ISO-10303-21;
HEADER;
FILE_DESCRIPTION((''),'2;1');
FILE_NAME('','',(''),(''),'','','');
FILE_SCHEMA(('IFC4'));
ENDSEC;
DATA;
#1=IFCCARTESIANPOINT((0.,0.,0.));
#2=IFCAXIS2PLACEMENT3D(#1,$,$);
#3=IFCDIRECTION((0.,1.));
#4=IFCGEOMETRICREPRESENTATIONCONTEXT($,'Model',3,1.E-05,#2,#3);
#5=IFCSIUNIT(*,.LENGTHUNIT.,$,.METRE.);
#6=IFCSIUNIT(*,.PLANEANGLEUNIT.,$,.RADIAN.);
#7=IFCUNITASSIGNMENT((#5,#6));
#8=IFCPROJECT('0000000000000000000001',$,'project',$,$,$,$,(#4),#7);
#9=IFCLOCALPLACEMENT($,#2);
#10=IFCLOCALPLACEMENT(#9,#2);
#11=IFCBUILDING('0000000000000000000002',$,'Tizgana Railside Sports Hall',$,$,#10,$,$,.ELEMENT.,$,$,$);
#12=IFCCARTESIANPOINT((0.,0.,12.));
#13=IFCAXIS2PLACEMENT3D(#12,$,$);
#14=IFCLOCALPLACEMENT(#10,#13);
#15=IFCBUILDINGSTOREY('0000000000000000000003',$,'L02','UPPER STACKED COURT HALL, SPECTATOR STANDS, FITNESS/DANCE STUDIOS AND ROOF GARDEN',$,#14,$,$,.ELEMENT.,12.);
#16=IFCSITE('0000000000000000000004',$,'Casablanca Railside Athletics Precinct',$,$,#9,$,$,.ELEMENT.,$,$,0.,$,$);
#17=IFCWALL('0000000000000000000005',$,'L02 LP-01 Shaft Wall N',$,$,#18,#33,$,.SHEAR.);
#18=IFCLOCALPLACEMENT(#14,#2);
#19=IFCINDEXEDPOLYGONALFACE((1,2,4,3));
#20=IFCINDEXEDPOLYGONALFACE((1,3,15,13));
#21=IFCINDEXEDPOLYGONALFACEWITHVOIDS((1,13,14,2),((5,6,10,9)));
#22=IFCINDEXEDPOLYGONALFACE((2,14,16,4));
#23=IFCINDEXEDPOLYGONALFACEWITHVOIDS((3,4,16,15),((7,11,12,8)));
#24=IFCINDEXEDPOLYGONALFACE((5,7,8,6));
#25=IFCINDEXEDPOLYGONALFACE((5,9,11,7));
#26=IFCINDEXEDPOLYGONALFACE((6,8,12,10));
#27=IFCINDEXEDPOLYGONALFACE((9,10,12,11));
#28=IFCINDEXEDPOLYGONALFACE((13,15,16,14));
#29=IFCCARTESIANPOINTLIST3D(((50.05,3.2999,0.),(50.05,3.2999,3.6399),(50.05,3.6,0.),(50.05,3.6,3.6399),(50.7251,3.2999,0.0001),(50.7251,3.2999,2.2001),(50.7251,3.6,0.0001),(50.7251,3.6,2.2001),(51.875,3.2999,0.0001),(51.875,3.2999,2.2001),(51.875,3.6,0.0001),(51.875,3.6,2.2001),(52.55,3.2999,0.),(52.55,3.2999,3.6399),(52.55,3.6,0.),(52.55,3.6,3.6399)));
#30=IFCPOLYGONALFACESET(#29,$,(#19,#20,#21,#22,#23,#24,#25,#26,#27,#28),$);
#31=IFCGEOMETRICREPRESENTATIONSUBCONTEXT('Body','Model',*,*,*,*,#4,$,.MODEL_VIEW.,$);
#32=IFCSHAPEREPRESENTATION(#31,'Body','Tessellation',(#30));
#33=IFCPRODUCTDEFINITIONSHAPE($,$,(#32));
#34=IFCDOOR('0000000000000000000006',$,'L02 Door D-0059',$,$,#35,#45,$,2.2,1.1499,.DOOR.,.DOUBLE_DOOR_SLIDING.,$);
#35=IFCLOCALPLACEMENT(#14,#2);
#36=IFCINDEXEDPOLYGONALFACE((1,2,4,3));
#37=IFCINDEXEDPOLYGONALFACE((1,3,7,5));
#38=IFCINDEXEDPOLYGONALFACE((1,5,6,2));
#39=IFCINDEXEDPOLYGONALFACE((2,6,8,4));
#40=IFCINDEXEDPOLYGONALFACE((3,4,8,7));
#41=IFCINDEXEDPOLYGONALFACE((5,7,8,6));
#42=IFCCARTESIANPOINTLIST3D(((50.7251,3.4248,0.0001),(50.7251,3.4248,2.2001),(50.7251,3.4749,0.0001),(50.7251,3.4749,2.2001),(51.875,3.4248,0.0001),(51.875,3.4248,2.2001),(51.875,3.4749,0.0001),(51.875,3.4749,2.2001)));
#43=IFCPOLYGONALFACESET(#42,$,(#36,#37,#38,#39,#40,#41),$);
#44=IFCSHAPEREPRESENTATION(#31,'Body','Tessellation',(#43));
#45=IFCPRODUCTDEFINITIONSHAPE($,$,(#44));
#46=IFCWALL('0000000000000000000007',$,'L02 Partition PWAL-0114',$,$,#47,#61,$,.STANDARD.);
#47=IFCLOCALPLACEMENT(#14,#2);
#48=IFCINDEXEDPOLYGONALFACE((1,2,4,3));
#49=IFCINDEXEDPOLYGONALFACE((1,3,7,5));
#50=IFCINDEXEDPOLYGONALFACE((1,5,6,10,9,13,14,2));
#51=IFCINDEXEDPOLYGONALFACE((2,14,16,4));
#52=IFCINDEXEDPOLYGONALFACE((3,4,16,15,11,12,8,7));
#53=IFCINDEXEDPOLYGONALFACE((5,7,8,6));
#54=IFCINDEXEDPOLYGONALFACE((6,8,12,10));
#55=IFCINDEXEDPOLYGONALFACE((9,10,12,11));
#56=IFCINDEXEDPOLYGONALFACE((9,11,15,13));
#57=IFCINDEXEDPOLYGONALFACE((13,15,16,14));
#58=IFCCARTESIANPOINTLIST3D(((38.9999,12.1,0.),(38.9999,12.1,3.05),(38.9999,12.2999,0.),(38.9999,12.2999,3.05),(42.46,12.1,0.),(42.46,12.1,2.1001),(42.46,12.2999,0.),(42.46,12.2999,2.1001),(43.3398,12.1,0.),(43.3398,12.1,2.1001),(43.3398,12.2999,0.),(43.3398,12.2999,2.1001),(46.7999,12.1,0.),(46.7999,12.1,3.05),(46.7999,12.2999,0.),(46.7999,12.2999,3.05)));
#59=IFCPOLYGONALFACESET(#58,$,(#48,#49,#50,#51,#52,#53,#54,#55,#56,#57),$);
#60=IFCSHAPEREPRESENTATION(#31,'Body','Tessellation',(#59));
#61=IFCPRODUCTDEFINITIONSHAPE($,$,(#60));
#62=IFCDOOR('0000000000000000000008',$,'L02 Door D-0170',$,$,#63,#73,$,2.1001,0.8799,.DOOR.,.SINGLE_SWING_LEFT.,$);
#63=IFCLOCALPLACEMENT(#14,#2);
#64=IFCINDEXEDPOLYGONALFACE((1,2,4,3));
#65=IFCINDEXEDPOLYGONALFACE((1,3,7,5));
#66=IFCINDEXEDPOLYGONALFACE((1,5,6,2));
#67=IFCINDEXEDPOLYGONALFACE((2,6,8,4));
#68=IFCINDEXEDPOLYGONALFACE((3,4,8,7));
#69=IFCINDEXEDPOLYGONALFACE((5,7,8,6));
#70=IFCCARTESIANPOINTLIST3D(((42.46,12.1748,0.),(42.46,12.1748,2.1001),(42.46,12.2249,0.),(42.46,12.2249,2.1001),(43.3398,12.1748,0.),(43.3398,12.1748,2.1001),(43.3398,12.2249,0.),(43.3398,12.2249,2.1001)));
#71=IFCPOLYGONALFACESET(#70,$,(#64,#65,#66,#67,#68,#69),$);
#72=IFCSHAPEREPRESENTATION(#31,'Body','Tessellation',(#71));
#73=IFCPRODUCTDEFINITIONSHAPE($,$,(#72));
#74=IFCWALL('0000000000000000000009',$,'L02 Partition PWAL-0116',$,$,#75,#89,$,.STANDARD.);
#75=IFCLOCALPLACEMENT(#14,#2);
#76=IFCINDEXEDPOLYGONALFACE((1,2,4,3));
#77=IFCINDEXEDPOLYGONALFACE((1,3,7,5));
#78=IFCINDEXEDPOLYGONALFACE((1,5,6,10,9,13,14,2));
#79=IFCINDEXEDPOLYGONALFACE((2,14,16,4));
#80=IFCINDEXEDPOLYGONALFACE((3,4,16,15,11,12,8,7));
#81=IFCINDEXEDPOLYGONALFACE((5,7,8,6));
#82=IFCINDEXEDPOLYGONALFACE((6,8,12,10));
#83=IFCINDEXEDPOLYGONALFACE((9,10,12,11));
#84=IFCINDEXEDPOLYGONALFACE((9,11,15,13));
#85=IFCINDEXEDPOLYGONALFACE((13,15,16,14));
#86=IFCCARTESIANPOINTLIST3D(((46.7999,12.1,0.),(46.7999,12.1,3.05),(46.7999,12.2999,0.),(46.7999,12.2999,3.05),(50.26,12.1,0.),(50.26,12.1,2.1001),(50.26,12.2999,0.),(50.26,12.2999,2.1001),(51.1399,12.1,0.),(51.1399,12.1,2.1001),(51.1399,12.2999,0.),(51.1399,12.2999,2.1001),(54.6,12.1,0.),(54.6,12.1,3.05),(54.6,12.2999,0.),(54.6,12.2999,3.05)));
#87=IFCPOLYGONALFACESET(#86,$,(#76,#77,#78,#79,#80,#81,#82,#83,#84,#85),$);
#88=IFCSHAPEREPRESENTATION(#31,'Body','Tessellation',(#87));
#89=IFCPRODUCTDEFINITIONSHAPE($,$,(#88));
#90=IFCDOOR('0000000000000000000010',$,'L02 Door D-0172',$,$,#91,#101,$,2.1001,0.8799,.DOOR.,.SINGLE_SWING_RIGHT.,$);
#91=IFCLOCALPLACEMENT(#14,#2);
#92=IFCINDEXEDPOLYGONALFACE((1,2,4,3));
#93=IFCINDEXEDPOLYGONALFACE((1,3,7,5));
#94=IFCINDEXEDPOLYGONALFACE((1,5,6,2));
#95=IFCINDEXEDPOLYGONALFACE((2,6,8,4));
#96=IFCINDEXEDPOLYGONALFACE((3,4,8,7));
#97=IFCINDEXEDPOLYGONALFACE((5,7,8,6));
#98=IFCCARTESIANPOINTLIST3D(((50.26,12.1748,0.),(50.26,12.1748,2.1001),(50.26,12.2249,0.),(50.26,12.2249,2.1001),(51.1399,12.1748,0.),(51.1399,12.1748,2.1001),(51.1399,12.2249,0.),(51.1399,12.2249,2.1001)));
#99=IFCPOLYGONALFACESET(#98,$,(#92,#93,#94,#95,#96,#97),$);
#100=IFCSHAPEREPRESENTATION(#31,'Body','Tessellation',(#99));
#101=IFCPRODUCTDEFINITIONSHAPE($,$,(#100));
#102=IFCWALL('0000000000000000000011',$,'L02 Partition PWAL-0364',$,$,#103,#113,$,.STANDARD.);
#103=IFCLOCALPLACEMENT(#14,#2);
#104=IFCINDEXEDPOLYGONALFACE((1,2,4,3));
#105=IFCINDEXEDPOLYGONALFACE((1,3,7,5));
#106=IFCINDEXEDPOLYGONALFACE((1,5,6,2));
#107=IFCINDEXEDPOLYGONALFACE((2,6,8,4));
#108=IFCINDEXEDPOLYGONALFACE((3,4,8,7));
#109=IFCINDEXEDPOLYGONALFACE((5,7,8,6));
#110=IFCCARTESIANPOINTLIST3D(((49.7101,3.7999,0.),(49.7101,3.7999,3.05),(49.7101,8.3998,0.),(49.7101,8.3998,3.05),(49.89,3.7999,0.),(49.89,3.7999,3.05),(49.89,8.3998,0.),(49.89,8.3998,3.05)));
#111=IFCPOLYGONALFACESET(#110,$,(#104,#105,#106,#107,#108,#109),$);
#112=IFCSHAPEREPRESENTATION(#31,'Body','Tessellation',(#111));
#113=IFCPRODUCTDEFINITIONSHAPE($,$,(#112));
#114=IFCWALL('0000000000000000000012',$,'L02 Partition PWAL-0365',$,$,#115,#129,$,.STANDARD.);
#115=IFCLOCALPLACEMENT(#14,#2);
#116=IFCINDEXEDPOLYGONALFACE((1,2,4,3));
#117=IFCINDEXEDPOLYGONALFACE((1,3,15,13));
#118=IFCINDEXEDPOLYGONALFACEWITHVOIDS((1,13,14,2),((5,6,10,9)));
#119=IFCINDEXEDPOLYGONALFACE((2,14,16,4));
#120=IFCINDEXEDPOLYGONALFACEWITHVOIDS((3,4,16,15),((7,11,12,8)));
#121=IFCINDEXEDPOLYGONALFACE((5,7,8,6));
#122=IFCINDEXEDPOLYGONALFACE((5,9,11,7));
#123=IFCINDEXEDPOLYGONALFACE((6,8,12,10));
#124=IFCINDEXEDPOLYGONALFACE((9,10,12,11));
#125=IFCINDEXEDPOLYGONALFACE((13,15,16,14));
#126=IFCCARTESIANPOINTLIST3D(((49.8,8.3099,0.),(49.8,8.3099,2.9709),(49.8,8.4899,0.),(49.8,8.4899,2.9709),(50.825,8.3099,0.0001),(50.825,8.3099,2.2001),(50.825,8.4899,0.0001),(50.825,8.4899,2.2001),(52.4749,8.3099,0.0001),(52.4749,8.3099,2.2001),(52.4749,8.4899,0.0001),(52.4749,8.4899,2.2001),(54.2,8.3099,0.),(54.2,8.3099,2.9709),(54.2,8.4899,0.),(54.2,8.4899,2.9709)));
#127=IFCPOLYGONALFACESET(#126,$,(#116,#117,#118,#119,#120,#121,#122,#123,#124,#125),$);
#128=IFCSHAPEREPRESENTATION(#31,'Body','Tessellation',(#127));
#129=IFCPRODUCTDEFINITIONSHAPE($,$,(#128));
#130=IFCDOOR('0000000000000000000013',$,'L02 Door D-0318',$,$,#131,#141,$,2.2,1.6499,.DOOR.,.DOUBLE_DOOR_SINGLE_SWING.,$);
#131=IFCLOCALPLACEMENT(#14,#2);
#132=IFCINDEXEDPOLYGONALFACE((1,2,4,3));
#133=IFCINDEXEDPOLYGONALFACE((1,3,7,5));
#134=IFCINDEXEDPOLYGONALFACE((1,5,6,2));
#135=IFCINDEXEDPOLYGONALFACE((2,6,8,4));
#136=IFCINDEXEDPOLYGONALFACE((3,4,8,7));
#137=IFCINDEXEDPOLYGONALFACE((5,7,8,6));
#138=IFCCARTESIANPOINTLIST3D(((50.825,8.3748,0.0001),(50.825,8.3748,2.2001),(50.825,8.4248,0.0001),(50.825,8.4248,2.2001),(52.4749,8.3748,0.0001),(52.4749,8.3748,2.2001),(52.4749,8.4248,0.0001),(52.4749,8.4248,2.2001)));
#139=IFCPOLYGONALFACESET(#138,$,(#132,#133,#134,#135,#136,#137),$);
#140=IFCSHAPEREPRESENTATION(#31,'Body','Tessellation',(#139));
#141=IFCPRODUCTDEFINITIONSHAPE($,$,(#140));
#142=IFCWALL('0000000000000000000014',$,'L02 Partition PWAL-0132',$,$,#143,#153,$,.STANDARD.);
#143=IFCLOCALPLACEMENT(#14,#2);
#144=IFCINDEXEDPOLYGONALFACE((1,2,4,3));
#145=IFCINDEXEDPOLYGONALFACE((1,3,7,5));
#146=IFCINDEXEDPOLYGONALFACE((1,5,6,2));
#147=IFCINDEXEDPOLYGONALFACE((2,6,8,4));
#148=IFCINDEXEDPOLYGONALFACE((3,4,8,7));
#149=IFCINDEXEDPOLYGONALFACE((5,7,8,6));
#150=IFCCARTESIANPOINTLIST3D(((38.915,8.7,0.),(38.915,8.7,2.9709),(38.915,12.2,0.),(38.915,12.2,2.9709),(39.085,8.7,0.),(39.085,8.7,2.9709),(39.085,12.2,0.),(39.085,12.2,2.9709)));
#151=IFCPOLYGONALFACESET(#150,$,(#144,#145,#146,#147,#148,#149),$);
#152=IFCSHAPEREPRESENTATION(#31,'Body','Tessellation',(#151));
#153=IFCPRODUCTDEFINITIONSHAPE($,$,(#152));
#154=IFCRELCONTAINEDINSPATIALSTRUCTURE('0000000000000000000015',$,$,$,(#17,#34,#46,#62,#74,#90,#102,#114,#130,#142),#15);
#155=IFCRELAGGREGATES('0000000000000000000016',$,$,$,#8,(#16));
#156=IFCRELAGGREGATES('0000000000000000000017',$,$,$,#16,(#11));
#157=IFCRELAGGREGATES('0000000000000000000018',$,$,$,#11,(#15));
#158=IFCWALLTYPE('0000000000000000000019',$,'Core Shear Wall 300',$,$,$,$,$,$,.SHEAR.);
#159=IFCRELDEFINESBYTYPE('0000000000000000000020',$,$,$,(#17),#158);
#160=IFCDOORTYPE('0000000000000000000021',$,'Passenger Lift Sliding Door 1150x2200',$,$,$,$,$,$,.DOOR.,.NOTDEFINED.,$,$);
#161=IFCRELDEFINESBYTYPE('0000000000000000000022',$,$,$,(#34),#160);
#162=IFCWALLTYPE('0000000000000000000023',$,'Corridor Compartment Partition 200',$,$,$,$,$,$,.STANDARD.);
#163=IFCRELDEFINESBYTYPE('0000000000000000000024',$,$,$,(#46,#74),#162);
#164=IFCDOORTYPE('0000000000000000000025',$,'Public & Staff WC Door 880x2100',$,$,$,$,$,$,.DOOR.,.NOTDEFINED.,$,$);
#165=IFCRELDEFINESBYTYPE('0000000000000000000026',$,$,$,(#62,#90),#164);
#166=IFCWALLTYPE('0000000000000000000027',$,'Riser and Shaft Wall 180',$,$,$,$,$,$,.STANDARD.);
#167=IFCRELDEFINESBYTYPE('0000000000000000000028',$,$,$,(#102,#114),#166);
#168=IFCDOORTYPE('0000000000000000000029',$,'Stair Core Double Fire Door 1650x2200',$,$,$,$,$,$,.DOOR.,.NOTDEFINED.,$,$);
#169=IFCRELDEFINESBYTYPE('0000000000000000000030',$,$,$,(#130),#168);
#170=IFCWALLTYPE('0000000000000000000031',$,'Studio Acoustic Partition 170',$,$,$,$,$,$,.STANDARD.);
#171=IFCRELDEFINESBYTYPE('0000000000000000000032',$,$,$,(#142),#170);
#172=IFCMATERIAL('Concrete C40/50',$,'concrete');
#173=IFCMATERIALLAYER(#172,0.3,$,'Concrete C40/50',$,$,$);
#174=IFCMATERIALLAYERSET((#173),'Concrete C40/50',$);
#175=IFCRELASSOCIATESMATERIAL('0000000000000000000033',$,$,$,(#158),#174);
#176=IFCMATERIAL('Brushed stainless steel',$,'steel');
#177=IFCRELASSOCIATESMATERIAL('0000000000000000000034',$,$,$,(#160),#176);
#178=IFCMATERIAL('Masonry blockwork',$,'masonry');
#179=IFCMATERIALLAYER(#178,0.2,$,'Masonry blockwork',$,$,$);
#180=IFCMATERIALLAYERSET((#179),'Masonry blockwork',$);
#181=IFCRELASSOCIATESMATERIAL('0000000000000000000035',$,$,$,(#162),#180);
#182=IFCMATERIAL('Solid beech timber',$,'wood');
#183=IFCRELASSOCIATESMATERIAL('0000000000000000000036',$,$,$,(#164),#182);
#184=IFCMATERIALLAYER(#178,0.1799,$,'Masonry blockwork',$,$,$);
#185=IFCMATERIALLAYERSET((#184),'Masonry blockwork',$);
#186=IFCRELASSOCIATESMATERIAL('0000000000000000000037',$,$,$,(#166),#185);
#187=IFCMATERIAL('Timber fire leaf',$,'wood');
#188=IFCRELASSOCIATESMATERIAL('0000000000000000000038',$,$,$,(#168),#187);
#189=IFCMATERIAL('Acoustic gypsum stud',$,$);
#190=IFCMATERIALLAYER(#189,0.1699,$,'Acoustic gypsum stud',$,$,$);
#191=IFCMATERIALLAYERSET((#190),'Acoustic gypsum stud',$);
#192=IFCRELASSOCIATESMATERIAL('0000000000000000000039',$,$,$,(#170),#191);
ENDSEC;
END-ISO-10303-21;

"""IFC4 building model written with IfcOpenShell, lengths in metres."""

from ifc_helpers import new_model, si_unit, direction, frame, frame_2d, origin, place, context, subcontext, project, spatial, rectangle, extrude, material, layer, layer_set, type_object, element, fill, save


model = new_model("IFC4")

# Units and contexts
model_context = context("Model", 3, precision=1e-05, world=origin(), true_north=direction((0.0, 1.0)))
body_context = subcontext(model_context, "Body", "Model", "MODEL_VIEW")
ifc_project = project(units=[si_unit("LENGTHUNIT", "METRE"), si_unit("PLANEANGLEUNIT", "RADIAN")], contexts=[model_context])

# Site, building, storey
site_placement = place(None, origin())
site = spatial("IfcSite", under=ifc_project, at=site_placement, Name="Casablanca Railside Athletics Precinct", CompositionType="ELEMENT", RefElevation=0.0)
building_placement = place(site_placement, origin())
building = spatial("IfcBuilding", under=site, at=building_placement, Name="Tizgana Railside Sports Hall", CompositionType="ELEMENT")
storey_placement = place(building_placement, frame((0.0, 0.0, 12.0)))
storey = spatial("IfcBuildingStorey", under=building, at=storey_placement, Name="L02", Description="UPPER STACKED COURT HALL, SPECTATOR STANDS, FITNESS/DANCE STUDIOS AND ROOF GARDEN", CompositionType="ELEMENT", Elevation=12.0)

# Shared definitions
ifc_material_1 = material(Name="Concrete C40/50", Category="concrete")

# Shared definitions
ifc_layer_1 = layer(ifc_material_1, 0.3, Name="Concrete C40/50")
ifc_layer_set_1 = layer_set([ifc_layer_1], Name="Concrete C40/50")
wall_type_1 = type_object("IfcWallType", Name="Core Shear Wall 300", PredefinedType="SHEAR", material=ifc_layer_set_1)

# Walls, openings, doors
wall_1_placement = place(storey_placement, frame((50.05, 3.45, 0.0), z_axis=(0.0, 0.0, 1.0), x_axis=(1.0, 0.0, 0.0)))
wall_1 = element("IfcWall", 1, at=wall_1_placement, inside=storey, type_object=wall_type_1, Name="L02 LP-01 Shaft Wall N", PredefinedType="SHEAR", context=body_context, shape_type="SweptSolid", body=[
    extrude(rectangle(XDim=2.5, YDim=0.3, at=frame_2d((1.25, 0.0))), origin(), (0.0, 0.0, 1.0), 3.6399),
])
opening_1_placement = place(wall_1_placement, frame((0.675, 0.0, 0.0)))
opening_1 = element("IfcOpeningElement", 2, at=opening_1_placement, cuts=wall_1, PredefinedType="OPENING", context=body_context, shape_type="SweptSolid", body=[
    extrude(rectangle(XDim=1.1499, YDim=2.2, at=frame_2d((0.575, 1.1001))), frame((0.0, 0.1599, 0.0), z_axis=(0.0, -1.0, 0.0), x_axis=(1.0, 0.0, 0.0)), (0.0, 0.0, 1.0), 0.3201),
])
ifc_material_2 = material(Name="Brushed stainless steel", Category="steel")
door_type_1 = type_object("IfcDoorType", Name="Passenger Lift Sliding Door 1150x2200", OperationType="NOTDEFINED", PredefinedType="DOOR", material=ifc_material_2)
door_1_placement = place(opening_1_placement, origin())
door_1 = element("IfcDoor", 3, at=door_1_placement, inside=storey, type_object=door_type_1, Name="L02 Door D-0059", OperationType="DOUBLE_DOOR_SLIDING", OverallHeight=2.2, OverallWidth=1.1499, PredefinedType="DOOR", context=body_context, shape_type="SweptSolid", body=[
    extrude(rectangle(XDim=1.1499, YDim=2.2, at=frame_2d((0.575, 1.1001))), frame((0.0, 0.0249, 0.0), z_axis=(0.0, -1.0, 0.0), x_axis=(1.0, 0.0, 0.0)), (0.0, 0.0, 1.0), 0.05),
])
fill(opening_1, door_1)
ifc_material_3 = material(Name="Masonry blockwork", Category="masonry")
ifc_layer_2 = layer(ifc_material_3, 0.2, Name="Masonry blockwork")
ifc_layer_set_2 = layer_set([ifc_layer_2], Name="Masonry blockwork")
wall_type_2 = type_object("IfcWallType", Name="Corridor Compartment Partition 200", PredefinedType="STANDARD", material=ifc_layer_set_2)
wall_2_placement = place(storey_placement, frame((39.0, 12.2, 0.0), z_axis=(0.0, 0.0, 1.0), x_axis=(1.0, 0.0, 0.0)))
wall_2 = element("IfcWall", 4, at=wall_2_placement, inside=storey, type_object=wall_type_2, Name="L02 Partition PWAL-0114", PredefinedType="STANDARD", context=body_context, shape_type="SweptSolid", body=[
    extrude(rectangle(XDim=7.8, YDim=0.2, at=frame_2d((3.8999, 0.0))), origin(), (0.0, 0.0, 1.0), 3.05),
])
opening_2_placement = place(wall_2_placement, frame((3.46, 0.0, 0.0)))
opening_2 = element("IfcOpeningElement", 5, at=opening_2_placement, cuts=wall_2, PredefinedType="OPENING", context=body_context, shape_type="SweptSolid", body=[
    extrude(rectangle(XDim=0.8799, YDim=2.1001, at=frame_2d((0.4399, 1.05))), frame((0.0, 0.1099, 0.0), z_axis=(0.0, -1.0, 0.0), x_axis=(1.0, 0.0, 0.0)), (0.0, 0.0, 1.0), 0.22),
])
ifc_material_4 = material(Name="Solid beech timber", Category="wood")
door_type_2 = type_object("IfcDoorType", Name="Public & Staff WC Door 880x2100", OperationType="NOTDEFINED", PredefinedType="DOOR", material=ifc_material_4)
door_2_placement = place(opening_2_placement, origin())
door_2 = element("IfcDoor", 6, at=door_2_placement, inside=storey, type_object=door_type_2, Name="L02 Door D-0170", OperationType="SINGLE_SWING_LEFT", OverallHeight=2.1001, OverallWidth=0.8799, PredefinedType="DOOR", context=body_context, shape_type="SweptSolid", body=[
    extrude(rectangle(XDim=0.8799, YDim=2.1001, at=frame_2d((0.4399, 1.05))), frame((0.0, 0.0249, 0.0), z_axis=(0.0, -1.0, 0.0), x_axis=(1.0, 0.0, 0.0)), (0.0, 0.0, 1.0), 0.05),
])
fill(opening_2, door_2)
wall_3_placement = place(storey_placement, frame((46.8, 12.2, 0.0), z_axis=(0.0, 0.0, 1.0), x_axis=(1.0, 0.0, 0.0)))
wall_3 = element("IfcWall", 7, at=wall_3_placement, inside=storey, type_object=wall_type_2, Name="L02 Partition PWAL-0116", PredefinedType="STANDARD", context=body_context, shape_type="SweptSolid", body=[
    extrude(rectangle(XDim=7.8, YDim=0.2, at=frame_2d((3.8999, 0.0))), origin(), (0.0, 0.0, 1.0), 3.05),
])
opening_3_placement = place(wall_3_placement, frame((3.46, 0.0, 0.0)))
opening_3 = element("IfcOpeningElement", 8, at=opening_3_placement, cuts=wall_3, PredefinedType="OPENING", context=body_context, shape_type="SweptSolid", body=[
    extrude(rectangle(XDim=0.8799, YDim=2.1001, at=frame_2d((0.4399, 1.05))), frame((0.0, 0.1099, 0.0), z_axis=(0.0, -1.0, 0.0), x_axis=(1.0, 0.0, 0.0)), (0.0, 0.0, 1.0), 0.22),
])
door_3_placement = place(opening_3_placement, origin())
door_3 = element("IfcDoor", 9, at=door_3_placement, inside=storey, type_object=door_type_2, Name="L02 Door D-0172", OperationType="SINGLE_SWING_RIGHT", OverallHeight=2.1001, OverallWidth=0.8799, PredefinedType="DOOR", context=body_context, shape_type="SweptSolid", body=[
    extrude(rectangle(XDim=0.8799, YDim=2.1001, at=frame_2d((0.4399, 1.05))), frame((0.0, 0.0249, 0.0), z_axis=(0.0, -1.0, 0.0), x_axis=(1.0, 0.0, 0.0)), (0.0, 0.0, 1.0), 0.05),
])
fill(opening_3, door_3)

# Wall
ifc_layer_3 = layer(ifc_material_3, 0.1799, Name="Masonry blockwork")
ifc_layer_set_3 = layer_set([ifc_layer_3], Name="Masonry blockwork")
wall_type_3 = type_object("IfcWallType", Name="Riser and Shaft Wall 180", PredefinedType="STANDARD", material=ifc_layer_set_3)
wall_4_placement = place(storey_placement, frame((49.8, 3.8, 0.0), z_axis=(0.0, 0.0, 1.0), x_axis=(0.0, 1.0, 0.0)))
element("IfcWall", 10, at=wall_4_placement, inside=storey, type_object=wall_type_3, Name="L02 Partition PWAL-0364", PredefinedType="STANDARD", context=body_context, shape_type="SweptSolid", body=[
    extrude(rectangle(XDim=4.5999, YDim=0.1799, at=frame_2d((2.2998, 0.0))), origin(), (0.0, 0.0, 1.0), 3.05),
])

# Wall, opening, door
wall_5_placement = place(storey_placement, frame((49.8, 8.3999, 0.0), z_axis=(0.0, 0.0, 1.0), x_axis=(1.0, 0.0, 0.0)))
wall_5 = element("IfcWall", 11, at=wall_5_placement, inside=storey, type_object=wall_type_3, Name="L02 Partition PWAL-0365", PredefinedType="STANDARD", context=body_context, shape_type="SweptSolid", body=[
    extrude(rectangle(XDim=4.3999, YDim=0.1799, at=frame_2d((2.2, 0.0))), origin(), (0.0, 0.0, 1.0), 2.9709),
])
opening_4_placement = place(wall_5_placement, frame((1.0249, 0.0, 0.0)))
opening_4 = element("IfcOpeningElement", 12, at=opening_4_placement, cuts=wall_5, PredefinedType="OPENING", context=body_context, shape_type="SweptSolid", body=[
    extrude(rectangle(XDim=1.6499, YDim=2.2, at=frame_2d((0.825, 1.1001))), frame((0.0, 0.0999, 0.0), z_axis=(0.0, -1.0, 0.0), x_axis=(1.0, 0.0, 0.0)), (0.0, 0.0, 1.0), 0.2),
])
ifc_material_5 = material(Name="Timber fire leaf", Category="wood")
door_type_3 = type_object("IfcDoorType", Name="Stair Core Double Fire Door 1650x2200", OperationType="NOTDEFINED", PredefinedType="DOOR", material=ifc_material_5)
door_4_placement = place(opening_4_placement, origin())
door_4 = element("IfcDoor", 13, at=door_4_placement, inside=storey, type_object=door_type_3, Name="L02 Door D-0318", OperationType="DOUBLE_DOOR_SINGLE_SWING", OverallHeight=2.2, OverallWidth=1.6499, PredefinedType="DOOR", context=body_context, shape_type="SweptSolid", body=[
    extrude(rectangle(XDim=1.6499, YDim=2.2, at=frame_2d((0.825, 1.1001))), frame((0.0, 0.0249, 0.0), z_axis=(0.0, -1.0, 0.0), x_axis=(1.0, 0.0, 0.0)), (0.0, 0.0, 1.0), 0.05),
])
fill(opening_4, door_4)

# Wall
ifc_material_6 = material(Name="Acoustic gypsum stud")
ifc_layer_4 = layer(ifc_material_6, 0.1699, Name="Acoustic gypsum stud")
ifc_layer_set_4 = layer_set([ifc_layer_4], Name="Acoustic gypsum stud")
wall_type_4 = type_object("IfcWallType", Name="Studio Acoustic Partition 170", PredefinedType="STANDARD", material=ifc_layer_set_4)
wall_6_placement = place(storey_placement, frame((39.0, 8.7, 0.0), z_axis=(0.0, 0.0, 1.0), x_axis=(0.0, 1.0, 0.0)))
element("IfcWall", 14, at=wall_6_placement, inside=storey, type_object=wall_type_4, Name="L02 Partition PWAL-0132", PredefinedType="STANDARD", context=body_context, shape_type="SweptSolid", body=[
    extrude(rectangle(XDim=3.5, YDim=0.1699, at=frame_2d((1.75, 0.0))), origin(), (0.0, 0.0, 1.0), 2.9709),
])

save(model, "model.ifc")
